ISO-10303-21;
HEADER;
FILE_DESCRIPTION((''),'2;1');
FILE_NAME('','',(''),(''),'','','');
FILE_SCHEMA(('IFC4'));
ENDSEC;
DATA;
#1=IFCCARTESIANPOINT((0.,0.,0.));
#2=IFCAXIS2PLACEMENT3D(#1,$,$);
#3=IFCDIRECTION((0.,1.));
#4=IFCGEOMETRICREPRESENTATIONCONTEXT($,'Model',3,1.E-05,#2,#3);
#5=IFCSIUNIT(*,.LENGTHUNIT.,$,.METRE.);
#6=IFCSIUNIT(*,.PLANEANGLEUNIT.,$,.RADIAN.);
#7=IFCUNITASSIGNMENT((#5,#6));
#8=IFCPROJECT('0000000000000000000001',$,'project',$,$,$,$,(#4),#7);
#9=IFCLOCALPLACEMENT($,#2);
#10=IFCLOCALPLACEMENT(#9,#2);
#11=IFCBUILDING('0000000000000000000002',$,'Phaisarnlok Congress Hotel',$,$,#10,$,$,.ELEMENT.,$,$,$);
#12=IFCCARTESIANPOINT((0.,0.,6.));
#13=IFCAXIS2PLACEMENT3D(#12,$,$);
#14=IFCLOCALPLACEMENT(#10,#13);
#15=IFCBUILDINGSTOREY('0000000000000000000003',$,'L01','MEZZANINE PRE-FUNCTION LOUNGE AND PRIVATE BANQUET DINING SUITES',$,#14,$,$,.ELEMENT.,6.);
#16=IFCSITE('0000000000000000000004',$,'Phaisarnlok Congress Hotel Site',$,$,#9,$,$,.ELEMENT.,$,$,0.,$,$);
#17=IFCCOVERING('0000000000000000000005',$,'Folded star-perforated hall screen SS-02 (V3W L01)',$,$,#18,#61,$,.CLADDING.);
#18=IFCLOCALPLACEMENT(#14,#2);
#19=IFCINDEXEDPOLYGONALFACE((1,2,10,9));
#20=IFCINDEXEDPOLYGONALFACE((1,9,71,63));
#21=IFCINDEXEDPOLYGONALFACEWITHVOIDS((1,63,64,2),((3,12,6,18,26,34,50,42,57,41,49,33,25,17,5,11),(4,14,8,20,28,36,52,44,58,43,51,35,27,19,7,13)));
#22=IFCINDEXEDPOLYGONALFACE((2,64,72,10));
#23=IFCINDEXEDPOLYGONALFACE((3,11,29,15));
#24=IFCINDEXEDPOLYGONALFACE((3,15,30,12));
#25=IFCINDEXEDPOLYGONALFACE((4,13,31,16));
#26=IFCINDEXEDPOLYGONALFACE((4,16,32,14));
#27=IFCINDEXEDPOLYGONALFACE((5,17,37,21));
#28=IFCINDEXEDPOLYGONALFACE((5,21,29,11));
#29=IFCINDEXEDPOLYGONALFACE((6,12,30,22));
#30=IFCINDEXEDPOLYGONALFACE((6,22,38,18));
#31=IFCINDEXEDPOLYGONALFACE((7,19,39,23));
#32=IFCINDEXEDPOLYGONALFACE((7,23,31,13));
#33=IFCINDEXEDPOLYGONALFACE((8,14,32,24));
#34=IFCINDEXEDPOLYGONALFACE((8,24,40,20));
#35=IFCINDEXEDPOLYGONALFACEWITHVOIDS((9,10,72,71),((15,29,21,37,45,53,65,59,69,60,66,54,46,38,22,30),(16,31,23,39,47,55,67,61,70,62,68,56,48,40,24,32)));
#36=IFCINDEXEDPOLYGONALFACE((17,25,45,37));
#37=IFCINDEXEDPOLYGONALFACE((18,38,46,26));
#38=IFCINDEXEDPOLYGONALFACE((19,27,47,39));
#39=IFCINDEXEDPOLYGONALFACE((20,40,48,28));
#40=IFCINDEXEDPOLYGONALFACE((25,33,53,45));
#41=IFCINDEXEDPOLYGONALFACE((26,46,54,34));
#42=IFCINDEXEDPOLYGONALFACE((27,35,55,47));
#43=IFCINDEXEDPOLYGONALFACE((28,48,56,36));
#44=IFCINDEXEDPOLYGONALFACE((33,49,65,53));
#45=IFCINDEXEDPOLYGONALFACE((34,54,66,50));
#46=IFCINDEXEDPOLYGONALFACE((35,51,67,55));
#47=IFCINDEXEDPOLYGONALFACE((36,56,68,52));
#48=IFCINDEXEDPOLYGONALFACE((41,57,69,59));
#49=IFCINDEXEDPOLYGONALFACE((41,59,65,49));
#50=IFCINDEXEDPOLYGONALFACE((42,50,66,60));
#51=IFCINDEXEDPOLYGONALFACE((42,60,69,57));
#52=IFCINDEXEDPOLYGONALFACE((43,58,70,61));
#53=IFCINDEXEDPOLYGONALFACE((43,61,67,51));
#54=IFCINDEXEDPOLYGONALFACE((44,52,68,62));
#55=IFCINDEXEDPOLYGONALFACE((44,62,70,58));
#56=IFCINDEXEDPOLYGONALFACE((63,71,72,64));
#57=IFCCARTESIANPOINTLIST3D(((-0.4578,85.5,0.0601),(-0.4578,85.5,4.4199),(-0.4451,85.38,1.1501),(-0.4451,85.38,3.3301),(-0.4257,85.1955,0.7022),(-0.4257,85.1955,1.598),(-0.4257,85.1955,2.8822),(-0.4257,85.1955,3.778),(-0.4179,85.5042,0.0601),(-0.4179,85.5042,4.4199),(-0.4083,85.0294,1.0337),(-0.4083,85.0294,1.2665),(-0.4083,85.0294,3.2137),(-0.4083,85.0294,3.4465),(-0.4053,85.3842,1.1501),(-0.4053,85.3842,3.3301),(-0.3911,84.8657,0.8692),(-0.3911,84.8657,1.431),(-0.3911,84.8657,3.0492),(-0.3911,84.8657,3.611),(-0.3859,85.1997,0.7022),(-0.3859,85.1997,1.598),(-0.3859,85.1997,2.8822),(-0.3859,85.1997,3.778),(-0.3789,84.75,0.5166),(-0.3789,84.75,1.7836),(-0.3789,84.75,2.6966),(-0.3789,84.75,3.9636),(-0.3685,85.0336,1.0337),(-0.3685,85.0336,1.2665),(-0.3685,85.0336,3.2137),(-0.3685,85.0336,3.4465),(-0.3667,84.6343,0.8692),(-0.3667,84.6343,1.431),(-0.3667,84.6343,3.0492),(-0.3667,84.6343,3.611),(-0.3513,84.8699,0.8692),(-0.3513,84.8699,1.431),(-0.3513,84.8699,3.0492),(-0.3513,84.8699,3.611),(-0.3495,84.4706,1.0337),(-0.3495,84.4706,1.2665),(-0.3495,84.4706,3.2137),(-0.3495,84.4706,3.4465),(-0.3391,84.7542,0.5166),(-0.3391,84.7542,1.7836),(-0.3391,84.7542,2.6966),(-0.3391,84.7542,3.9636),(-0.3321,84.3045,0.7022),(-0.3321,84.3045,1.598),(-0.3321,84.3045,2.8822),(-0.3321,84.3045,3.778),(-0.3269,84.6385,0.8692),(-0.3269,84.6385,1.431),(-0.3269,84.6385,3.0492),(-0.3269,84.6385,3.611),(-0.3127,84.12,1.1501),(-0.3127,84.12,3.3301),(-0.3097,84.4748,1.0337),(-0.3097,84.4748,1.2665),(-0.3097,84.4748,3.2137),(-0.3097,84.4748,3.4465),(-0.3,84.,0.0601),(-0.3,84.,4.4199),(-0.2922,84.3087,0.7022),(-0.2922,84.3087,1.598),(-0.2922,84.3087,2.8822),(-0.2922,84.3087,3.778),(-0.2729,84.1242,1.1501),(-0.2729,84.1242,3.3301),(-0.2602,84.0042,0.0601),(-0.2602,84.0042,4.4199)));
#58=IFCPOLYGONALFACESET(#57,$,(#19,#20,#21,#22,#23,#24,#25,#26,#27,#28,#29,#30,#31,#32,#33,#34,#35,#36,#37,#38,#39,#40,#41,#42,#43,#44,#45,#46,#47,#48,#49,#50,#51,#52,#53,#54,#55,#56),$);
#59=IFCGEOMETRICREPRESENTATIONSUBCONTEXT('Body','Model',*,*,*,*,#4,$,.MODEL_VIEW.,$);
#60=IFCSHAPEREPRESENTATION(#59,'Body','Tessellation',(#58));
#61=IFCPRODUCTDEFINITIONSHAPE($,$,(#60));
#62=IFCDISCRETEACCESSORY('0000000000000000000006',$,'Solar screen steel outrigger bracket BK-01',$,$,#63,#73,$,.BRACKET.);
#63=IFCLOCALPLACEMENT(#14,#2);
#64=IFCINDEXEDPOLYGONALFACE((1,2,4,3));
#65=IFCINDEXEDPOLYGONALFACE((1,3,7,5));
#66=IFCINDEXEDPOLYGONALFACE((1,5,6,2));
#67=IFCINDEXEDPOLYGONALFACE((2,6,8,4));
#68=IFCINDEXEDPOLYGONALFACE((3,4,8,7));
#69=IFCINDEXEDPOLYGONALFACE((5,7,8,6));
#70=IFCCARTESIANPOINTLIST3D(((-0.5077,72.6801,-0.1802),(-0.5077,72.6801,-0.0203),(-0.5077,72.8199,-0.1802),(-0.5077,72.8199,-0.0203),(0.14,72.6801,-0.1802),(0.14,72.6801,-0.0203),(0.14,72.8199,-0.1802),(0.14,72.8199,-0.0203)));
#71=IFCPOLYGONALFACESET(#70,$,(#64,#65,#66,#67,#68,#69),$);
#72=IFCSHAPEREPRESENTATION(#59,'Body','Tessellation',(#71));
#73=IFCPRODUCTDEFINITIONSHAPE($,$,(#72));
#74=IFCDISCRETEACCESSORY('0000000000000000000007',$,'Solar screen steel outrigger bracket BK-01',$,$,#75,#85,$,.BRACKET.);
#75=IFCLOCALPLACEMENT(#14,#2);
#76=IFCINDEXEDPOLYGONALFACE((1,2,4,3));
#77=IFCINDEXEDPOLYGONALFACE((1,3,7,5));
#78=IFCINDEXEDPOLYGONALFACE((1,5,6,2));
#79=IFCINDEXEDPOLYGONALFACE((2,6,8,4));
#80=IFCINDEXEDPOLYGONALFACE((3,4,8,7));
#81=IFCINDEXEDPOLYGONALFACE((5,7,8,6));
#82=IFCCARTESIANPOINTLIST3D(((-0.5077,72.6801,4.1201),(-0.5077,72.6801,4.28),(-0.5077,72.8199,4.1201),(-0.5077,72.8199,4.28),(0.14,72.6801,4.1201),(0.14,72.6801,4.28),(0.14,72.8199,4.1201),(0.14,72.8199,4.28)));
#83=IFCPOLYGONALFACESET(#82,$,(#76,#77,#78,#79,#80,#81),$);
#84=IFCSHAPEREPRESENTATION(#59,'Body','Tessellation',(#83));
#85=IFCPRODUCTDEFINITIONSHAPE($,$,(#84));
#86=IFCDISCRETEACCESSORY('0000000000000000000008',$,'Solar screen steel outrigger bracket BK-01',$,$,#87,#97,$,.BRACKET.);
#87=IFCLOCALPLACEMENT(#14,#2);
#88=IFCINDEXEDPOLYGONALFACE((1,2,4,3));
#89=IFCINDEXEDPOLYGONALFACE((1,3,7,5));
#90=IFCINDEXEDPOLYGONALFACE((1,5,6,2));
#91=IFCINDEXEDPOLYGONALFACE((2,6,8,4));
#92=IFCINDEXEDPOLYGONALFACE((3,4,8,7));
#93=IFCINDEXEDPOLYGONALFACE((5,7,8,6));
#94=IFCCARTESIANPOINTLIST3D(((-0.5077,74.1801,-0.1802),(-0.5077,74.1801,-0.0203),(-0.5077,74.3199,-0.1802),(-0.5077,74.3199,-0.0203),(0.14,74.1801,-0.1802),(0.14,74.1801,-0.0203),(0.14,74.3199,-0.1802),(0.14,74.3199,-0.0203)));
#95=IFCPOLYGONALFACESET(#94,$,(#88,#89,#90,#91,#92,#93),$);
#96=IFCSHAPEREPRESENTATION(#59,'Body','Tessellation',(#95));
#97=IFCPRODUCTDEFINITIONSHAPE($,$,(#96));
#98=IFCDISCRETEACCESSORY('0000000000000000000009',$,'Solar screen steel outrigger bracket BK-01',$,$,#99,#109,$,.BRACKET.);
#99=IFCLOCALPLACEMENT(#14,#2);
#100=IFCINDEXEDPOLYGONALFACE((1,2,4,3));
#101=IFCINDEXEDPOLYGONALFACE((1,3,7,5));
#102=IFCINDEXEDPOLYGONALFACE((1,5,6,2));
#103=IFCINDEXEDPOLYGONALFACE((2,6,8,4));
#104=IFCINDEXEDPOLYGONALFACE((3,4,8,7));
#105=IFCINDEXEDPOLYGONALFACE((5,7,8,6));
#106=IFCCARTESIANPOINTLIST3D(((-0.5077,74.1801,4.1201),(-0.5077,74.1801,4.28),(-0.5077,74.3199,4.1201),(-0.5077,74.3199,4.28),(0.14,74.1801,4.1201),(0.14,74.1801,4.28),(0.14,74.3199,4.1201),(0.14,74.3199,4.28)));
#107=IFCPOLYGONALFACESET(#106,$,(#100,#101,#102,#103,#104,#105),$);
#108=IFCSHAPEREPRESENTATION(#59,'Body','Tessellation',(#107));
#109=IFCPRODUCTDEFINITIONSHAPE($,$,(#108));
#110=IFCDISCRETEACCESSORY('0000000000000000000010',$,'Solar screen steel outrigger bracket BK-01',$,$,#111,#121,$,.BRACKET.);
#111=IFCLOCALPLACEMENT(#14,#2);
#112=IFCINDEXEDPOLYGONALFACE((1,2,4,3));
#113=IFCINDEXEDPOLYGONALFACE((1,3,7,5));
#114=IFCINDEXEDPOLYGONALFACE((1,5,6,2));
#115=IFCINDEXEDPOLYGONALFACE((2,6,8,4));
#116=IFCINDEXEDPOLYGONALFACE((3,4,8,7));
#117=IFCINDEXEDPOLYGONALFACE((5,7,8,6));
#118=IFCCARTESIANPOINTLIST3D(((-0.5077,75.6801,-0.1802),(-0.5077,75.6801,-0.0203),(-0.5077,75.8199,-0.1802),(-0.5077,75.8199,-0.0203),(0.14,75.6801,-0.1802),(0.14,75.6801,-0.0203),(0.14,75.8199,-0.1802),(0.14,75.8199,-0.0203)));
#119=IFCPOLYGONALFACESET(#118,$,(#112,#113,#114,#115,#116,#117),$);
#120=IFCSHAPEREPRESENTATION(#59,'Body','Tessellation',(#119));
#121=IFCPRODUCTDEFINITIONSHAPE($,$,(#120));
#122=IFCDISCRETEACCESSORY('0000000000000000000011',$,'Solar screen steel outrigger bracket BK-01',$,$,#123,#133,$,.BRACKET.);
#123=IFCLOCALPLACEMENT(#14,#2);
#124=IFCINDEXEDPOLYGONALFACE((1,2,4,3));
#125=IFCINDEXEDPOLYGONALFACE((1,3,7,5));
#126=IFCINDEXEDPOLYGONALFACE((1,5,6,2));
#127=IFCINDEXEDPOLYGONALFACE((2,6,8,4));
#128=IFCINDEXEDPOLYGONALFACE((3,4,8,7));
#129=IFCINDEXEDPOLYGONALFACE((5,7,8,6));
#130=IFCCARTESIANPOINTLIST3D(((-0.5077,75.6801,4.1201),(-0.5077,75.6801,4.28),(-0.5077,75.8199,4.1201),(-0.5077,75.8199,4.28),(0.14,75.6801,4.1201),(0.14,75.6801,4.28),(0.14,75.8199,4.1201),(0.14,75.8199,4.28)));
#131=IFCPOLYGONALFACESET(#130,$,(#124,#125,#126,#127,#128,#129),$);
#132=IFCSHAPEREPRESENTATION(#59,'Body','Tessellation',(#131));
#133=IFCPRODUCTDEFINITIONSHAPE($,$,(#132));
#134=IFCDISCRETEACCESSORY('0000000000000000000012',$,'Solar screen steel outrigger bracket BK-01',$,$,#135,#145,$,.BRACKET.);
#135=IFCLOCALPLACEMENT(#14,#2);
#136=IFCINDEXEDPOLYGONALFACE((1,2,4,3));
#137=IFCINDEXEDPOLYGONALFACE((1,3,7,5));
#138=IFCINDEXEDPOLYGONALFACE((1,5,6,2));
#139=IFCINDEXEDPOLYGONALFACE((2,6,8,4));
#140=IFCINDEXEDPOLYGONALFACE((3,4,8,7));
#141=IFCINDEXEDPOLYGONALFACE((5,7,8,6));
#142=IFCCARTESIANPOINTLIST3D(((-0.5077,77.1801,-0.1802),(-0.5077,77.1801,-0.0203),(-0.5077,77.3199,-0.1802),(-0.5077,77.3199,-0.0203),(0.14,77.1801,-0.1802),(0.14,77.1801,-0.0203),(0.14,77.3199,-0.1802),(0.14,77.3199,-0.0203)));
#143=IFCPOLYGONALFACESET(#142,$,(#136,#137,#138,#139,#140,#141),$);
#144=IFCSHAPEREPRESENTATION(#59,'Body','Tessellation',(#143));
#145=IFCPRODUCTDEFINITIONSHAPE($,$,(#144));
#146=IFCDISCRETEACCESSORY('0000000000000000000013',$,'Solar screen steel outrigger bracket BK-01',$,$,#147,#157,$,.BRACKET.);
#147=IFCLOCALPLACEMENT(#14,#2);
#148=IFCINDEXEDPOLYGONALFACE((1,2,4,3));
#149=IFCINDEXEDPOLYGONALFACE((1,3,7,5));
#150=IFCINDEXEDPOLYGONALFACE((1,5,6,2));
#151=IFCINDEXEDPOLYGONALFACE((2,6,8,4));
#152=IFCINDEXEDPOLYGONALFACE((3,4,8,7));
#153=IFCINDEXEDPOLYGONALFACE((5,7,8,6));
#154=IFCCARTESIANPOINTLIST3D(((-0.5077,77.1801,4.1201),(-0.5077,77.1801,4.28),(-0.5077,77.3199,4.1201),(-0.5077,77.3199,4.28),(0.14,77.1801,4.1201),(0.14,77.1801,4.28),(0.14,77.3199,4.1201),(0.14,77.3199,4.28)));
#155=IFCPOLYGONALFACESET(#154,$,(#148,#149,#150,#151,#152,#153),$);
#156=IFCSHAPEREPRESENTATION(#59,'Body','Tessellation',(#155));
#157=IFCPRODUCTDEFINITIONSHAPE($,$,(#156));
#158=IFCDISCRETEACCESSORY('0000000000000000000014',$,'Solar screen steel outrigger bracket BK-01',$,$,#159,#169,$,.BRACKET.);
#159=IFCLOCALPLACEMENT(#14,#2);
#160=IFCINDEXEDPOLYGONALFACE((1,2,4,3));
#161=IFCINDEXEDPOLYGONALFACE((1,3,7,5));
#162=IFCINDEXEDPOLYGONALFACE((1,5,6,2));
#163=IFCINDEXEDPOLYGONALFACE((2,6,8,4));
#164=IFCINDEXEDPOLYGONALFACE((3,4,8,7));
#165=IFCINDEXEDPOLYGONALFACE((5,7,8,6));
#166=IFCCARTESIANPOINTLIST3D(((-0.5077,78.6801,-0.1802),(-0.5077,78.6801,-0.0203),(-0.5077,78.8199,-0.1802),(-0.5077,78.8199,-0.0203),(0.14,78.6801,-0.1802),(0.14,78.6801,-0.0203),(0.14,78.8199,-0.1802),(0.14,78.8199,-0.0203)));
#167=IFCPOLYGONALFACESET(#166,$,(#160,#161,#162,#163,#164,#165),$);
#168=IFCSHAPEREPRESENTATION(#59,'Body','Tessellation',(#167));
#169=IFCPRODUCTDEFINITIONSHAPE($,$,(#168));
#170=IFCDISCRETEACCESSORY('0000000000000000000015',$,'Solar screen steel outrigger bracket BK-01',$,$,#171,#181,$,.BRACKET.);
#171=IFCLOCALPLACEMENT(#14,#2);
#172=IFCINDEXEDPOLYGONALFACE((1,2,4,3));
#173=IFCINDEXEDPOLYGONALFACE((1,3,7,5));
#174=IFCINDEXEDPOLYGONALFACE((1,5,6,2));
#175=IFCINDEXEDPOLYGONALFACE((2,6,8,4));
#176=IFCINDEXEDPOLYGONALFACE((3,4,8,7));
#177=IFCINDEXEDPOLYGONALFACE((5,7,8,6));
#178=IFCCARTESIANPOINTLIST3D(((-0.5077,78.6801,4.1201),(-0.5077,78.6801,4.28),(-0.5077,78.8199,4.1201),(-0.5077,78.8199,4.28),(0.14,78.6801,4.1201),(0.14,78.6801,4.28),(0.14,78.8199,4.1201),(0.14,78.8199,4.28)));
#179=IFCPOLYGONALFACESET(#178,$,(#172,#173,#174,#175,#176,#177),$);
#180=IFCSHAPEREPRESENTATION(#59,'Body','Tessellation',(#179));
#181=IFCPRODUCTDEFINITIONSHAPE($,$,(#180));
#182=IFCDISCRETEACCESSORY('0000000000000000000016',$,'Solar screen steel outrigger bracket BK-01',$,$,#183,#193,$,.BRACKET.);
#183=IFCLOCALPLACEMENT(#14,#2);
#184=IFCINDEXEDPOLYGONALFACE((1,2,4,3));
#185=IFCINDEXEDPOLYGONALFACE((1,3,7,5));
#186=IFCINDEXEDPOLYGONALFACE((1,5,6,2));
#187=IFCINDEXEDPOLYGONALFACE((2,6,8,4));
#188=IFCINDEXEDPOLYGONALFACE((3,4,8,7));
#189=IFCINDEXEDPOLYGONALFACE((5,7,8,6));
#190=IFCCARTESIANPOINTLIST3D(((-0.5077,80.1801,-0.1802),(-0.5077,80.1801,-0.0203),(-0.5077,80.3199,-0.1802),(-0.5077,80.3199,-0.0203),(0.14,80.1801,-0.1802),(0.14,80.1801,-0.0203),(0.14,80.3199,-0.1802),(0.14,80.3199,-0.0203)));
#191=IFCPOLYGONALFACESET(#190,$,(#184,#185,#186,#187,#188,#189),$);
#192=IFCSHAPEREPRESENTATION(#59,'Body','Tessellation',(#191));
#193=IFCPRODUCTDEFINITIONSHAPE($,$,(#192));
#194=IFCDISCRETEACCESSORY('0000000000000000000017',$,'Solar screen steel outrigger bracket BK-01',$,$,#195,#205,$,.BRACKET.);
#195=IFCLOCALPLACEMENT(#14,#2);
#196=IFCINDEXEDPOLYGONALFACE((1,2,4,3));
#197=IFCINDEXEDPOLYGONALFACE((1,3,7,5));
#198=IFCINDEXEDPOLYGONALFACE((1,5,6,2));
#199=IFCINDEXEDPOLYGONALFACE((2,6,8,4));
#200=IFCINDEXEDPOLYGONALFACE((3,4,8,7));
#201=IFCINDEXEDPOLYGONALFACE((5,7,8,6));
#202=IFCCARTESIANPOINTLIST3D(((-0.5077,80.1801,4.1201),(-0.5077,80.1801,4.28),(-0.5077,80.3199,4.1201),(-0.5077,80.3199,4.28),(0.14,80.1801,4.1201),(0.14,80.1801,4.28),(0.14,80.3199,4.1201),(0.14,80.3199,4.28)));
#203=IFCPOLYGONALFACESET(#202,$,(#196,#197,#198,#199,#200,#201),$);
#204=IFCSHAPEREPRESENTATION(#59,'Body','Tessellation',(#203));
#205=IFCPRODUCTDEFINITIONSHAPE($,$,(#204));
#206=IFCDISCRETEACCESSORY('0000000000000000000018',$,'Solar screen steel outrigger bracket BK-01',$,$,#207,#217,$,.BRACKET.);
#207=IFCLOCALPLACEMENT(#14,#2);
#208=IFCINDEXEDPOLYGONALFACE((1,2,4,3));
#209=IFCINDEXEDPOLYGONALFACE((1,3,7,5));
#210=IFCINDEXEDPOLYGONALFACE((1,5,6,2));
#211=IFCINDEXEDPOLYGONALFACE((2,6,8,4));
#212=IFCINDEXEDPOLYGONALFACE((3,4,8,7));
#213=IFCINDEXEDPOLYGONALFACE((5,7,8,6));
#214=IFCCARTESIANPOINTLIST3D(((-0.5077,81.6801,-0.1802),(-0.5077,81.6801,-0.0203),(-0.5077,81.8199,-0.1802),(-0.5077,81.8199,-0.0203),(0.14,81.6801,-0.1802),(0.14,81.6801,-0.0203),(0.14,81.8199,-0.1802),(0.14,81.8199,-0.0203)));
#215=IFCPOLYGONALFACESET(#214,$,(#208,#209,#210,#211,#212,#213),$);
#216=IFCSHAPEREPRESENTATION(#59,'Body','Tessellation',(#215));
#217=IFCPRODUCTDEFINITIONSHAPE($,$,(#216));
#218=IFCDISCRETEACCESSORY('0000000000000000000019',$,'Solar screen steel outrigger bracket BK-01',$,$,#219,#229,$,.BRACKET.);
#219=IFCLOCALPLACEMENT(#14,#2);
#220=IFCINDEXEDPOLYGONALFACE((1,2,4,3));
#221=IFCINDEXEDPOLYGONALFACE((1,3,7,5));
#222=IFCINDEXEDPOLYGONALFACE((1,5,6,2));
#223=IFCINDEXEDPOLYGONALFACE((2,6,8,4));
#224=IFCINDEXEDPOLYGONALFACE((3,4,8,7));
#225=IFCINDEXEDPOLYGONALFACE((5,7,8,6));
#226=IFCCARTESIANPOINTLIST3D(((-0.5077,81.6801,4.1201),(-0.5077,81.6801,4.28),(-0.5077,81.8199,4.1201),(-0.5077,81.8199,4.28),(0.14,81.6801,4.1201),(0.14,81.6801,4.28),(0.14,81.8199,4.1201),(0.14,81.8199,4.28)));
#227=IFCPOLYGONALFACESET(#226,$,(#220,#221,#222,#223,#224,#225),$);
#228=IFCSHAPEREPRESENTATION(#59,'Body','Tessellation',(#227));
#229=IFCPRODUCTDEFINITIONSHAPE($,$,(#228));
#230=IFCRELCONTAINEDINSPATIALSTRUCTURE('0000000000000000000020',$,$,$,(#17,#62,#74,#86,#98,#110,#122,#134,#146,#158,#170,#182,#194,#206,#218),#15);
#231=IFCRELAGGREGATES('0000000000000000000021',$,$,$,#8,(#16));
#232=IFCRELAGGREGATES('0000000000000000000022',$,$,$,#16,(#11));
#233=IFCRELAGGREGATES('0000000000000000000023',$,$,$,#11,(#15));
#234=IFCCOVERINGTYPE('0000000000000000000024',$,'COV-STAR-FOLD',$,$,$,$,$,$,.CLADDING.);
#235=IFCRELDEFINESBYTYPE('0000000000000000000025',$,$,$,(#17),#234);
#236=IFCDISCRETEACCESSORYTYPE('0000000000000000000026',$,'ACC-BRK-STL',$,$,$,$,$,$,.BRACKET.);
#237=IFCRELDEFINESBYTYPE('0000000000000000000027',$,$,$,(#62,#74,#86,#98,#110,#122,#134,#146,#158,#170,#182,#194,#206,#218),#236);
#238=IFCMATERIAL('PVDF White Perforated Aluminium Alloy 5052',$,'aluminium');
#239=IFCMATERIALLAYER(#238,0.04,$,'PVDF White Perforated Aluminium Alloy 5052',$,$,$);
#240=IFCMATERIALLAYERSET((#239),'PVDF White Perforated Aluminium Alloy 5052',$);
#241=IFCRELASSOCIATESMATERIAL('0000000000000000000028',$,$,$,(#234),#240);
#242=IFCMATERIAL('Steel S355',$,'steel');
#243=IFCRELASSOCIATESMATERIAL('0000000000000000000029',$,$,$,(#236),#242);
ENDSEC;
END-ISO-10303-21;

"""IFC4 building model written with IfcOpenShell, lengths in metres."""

from ifc_helpers import new_model, si_unit, direction, frame, origin, origin_2d, place, context, subcontext, project, spatial, polyline, rectangle, outline, extrude, material, layer, layer_set, type_object, element, save


model = new_model("IFC4")

# Units and contexts
model_context = context("Model", 3, precision=1e-05, world=origin(), true_north=direction((0.0, 1.0)))
body_context = subcontext(model_context, "Body", "Model", "MODEL_VIEW")
ifc_project = project(units=[si_unit("LENGTHUNIT", "METRE"), si_unit("PLANEANGLEUNIT", "RADIAN")], contexts=[model_context])

# Site, building, storey
site_placement = place(None, origin())
site = spatial("IfcSite", under=ifc_project, at=site_placement, Name="Phaisarnlok Congress Hotel Site", CompositionType="ELEMENT", RefElevation=0.0)
building_placement = place(site_placement, origin())
building = spatial("IfcBuilding", under=site, at=building_placement, Name="Phaisarnlok Congress Hotel", CompositionType="ELEMENT")
storey_placement = place(building_placement, frame((0.0, 0.0, 6.0)))
storey = spatial("IfcBuildingStorey", under=building, at=storey_placement, Name="L01", Description="MEZZANINE PRE-FUNCTION LOUNGE AND PRIVATE BANQUET DINING SUITES", CompositionType="ELEMENT", Elevation=6.0)

# Covering
ifc_material_1 = material(Name="PVDF White Perforated Aluminium Alloy 5052", Category="aluminium")
ifc_layer = layer(ifc_material_1, 0.04, Name="PVDF White Perforated Aluminium Alloy 5052")
ifc_layer_set = layer_set([ifc_layer], Name="PVDF White Perforated Aluminium Alloy 5052")
covering_type = type_object("IfcCoveringType", Name="COV-STAR-FOLD", PredefinedType="CLADDING", material=ifc_layer_set)
for number, where, z_axis, x_axis, name in (
    (1, (-0.3, 84.0, 0.0601), (0.994518, 0.104567, 0.0), (-0.104567, 0.994518, 0.0), "Folded star-perforated hall screen SS-02 (V3W L01)"),
):
    element("IfcCovering", number, at=place(storey_placement, frame(where, z_axis=z_axis, x_axis=x_axis)), inside=storey, type_object=covering_type, Name=name, PredefinedType="CLADDING", context=body_context, shape_type="SweptSolid", body=[
        extrude(outline(polyline([(0.0, 0.0), (1.5083, 0.0), (1.5083, 4.3599), (0.0, 4.3599), (0.0, 0.0)]), holes=[polyline([(1.0351, 0.9736), (1.2021, 0.6421), (0.8705, 0.8091), (0.7541, 0.4565), (0.6378, 0.8091), (0.3062, 0.6421), (0.4732, 0.9736), (0.1207, 1.09), (0.4732, 1.2064), (0.3062, 1.5379), (0.6378, 1.3709), (0.7541, 1.7235), (0.8705, 1.3709), (1.2021, 1.5379), (1.0351, 1.2064), (1.3876, 1.09), (1.0351, 0.9736)]), polyline([(1.0351, 3.1536), (1.2021, 2.8221), (0.8705, 2.9891), (0.7541, 2.6365), (0.6378, 2.9891), (0.3062, 2.8221), (0.4732, 3.1536), (0.1207, 3.27), (0.4732, 3.3864), (0.3062, 3.7179), (0.6378, 3.5509), (0.7541, 3.9035), (0.8705, 3.5509), (1.2021, 3.7179), (1.0351, 3.3864), (1.3876, 3.27), (1.0351, 3.1536)])]), origin(), (0.0, 0.0, 1.0), 0.04),
    ])

# Discrete accessories
ifc_material_2 = material(Name="Steel S355", Category="steel")
discrete_accessory_type = type_object("IfcDiscreteAccessoryType", Name="ACC-BRK-STL", PredefinedType="BRACKET", material=ifc_material_2)
for number, where, z_axis, x_axis, name in (
    (2, (-0.1838, 72.75, -0.1802), (0.0, 0.0, 1.0), (1.0, 0.0, 0.0), "Solar screen steel outrigger bracket BK-01"),
    (3, (-0.1838, 72.75, 4.1201), (0.0, 0.0, 1.0), (1.0, 0.0, 0.0), "Solar screen steel outrigger bracket BK-01"),
    (4, (-0.1838, 74.25, -0.1802), (0.0, 0.0, 1.0), (1.0, 0.0, 0.0), "Solar screen steel outrigger bracket BK-01"),
    (5, (-0.1838, 74.25, 4.1201), (0.0, 0.0, 1.0), (1.0, 0.0, 0.0), "Solar screen steel outrigger bracket BK-01"),
    (6, (-0.1838, 75.75, -0.1802), (0.0, 0.0, 1.0), (1.0, 0.0, 0.0), "Solar screen steel outrigger bracket BK-01"),
    (7, (-0.1838, 75.75, 4.1201), (0.0, 0.0, 1.0), (1.0, 0.0, 0.0), "Solar screen steel outrigger bracket BK-01"),
    (8, (-0.1838, 77.25, -0.1802), (0.0, 0.0, 1.0), (1.0, 0.0, 0.0), "Solar screen steel outrigger bracket BK-01"),
    (9, (-0.1838, 77.25, 4.1201), (0.0, 0.0, 1.0), (1.0, 0.0, 0.0), "Solar screen steel outrigger bracket BK-01"),
    (10, (-0.1838, 78.75, -0.1802), (0.0, 0.0, 1.0), (1.0, 0.0, 0.0), "Solar screen steel outrigger bracket BK-01"),
    (11, (-0.1838, 78.75, 4.1201), (0.0, 0.0, 1.0), (1.0, 0.0, 0.0), "Solar screen steel outrigger bracket BK-01"),
    (12, (-0.1838, 80.25, -0.1802), (0.0, 0.0, 1.0), (1.0, 0.0, 0.0), "Solar screen steel outrigger bracket BK-01"),
    (13, (-0.1838, 80.25, 4.1201), (0.0, 0.0, 1.0), (1.0, 0.0, 0.0), "Solar screen steel outrigger bracket BK-01"),
    (14, (-0.1838, 81.75, -0.1802), (0.0, 0.0, 1.0), (1.0, 0.0, 0.0), "Solar screen steel outrigger bracket BK-01"),
    (15, (-0.1838, 81.75, 4.1201), (0.0, 0.0, 1.0), (1.0, 0.0, 0.0), "Solar screen steel outrigger bracket BK-01"),
):
    element("IfcDiscreteAccessory", number, at=place(storey_placement, frame(where, z_axis=z_axis, x_axis=x_axis)), inside=storey, type_object=discrete_accessory_type, Name=name, PredefinedType="BRACKET", context=body_context, shape_type="SweptSolid", body=[
        extrude(rectangle(XDim=0.6477, YDim=0.1399, at=origin_2d()), origin(), (0.0, 0.0, 1.0), 0.1599),
    ])

save(model, "model.ifc")
